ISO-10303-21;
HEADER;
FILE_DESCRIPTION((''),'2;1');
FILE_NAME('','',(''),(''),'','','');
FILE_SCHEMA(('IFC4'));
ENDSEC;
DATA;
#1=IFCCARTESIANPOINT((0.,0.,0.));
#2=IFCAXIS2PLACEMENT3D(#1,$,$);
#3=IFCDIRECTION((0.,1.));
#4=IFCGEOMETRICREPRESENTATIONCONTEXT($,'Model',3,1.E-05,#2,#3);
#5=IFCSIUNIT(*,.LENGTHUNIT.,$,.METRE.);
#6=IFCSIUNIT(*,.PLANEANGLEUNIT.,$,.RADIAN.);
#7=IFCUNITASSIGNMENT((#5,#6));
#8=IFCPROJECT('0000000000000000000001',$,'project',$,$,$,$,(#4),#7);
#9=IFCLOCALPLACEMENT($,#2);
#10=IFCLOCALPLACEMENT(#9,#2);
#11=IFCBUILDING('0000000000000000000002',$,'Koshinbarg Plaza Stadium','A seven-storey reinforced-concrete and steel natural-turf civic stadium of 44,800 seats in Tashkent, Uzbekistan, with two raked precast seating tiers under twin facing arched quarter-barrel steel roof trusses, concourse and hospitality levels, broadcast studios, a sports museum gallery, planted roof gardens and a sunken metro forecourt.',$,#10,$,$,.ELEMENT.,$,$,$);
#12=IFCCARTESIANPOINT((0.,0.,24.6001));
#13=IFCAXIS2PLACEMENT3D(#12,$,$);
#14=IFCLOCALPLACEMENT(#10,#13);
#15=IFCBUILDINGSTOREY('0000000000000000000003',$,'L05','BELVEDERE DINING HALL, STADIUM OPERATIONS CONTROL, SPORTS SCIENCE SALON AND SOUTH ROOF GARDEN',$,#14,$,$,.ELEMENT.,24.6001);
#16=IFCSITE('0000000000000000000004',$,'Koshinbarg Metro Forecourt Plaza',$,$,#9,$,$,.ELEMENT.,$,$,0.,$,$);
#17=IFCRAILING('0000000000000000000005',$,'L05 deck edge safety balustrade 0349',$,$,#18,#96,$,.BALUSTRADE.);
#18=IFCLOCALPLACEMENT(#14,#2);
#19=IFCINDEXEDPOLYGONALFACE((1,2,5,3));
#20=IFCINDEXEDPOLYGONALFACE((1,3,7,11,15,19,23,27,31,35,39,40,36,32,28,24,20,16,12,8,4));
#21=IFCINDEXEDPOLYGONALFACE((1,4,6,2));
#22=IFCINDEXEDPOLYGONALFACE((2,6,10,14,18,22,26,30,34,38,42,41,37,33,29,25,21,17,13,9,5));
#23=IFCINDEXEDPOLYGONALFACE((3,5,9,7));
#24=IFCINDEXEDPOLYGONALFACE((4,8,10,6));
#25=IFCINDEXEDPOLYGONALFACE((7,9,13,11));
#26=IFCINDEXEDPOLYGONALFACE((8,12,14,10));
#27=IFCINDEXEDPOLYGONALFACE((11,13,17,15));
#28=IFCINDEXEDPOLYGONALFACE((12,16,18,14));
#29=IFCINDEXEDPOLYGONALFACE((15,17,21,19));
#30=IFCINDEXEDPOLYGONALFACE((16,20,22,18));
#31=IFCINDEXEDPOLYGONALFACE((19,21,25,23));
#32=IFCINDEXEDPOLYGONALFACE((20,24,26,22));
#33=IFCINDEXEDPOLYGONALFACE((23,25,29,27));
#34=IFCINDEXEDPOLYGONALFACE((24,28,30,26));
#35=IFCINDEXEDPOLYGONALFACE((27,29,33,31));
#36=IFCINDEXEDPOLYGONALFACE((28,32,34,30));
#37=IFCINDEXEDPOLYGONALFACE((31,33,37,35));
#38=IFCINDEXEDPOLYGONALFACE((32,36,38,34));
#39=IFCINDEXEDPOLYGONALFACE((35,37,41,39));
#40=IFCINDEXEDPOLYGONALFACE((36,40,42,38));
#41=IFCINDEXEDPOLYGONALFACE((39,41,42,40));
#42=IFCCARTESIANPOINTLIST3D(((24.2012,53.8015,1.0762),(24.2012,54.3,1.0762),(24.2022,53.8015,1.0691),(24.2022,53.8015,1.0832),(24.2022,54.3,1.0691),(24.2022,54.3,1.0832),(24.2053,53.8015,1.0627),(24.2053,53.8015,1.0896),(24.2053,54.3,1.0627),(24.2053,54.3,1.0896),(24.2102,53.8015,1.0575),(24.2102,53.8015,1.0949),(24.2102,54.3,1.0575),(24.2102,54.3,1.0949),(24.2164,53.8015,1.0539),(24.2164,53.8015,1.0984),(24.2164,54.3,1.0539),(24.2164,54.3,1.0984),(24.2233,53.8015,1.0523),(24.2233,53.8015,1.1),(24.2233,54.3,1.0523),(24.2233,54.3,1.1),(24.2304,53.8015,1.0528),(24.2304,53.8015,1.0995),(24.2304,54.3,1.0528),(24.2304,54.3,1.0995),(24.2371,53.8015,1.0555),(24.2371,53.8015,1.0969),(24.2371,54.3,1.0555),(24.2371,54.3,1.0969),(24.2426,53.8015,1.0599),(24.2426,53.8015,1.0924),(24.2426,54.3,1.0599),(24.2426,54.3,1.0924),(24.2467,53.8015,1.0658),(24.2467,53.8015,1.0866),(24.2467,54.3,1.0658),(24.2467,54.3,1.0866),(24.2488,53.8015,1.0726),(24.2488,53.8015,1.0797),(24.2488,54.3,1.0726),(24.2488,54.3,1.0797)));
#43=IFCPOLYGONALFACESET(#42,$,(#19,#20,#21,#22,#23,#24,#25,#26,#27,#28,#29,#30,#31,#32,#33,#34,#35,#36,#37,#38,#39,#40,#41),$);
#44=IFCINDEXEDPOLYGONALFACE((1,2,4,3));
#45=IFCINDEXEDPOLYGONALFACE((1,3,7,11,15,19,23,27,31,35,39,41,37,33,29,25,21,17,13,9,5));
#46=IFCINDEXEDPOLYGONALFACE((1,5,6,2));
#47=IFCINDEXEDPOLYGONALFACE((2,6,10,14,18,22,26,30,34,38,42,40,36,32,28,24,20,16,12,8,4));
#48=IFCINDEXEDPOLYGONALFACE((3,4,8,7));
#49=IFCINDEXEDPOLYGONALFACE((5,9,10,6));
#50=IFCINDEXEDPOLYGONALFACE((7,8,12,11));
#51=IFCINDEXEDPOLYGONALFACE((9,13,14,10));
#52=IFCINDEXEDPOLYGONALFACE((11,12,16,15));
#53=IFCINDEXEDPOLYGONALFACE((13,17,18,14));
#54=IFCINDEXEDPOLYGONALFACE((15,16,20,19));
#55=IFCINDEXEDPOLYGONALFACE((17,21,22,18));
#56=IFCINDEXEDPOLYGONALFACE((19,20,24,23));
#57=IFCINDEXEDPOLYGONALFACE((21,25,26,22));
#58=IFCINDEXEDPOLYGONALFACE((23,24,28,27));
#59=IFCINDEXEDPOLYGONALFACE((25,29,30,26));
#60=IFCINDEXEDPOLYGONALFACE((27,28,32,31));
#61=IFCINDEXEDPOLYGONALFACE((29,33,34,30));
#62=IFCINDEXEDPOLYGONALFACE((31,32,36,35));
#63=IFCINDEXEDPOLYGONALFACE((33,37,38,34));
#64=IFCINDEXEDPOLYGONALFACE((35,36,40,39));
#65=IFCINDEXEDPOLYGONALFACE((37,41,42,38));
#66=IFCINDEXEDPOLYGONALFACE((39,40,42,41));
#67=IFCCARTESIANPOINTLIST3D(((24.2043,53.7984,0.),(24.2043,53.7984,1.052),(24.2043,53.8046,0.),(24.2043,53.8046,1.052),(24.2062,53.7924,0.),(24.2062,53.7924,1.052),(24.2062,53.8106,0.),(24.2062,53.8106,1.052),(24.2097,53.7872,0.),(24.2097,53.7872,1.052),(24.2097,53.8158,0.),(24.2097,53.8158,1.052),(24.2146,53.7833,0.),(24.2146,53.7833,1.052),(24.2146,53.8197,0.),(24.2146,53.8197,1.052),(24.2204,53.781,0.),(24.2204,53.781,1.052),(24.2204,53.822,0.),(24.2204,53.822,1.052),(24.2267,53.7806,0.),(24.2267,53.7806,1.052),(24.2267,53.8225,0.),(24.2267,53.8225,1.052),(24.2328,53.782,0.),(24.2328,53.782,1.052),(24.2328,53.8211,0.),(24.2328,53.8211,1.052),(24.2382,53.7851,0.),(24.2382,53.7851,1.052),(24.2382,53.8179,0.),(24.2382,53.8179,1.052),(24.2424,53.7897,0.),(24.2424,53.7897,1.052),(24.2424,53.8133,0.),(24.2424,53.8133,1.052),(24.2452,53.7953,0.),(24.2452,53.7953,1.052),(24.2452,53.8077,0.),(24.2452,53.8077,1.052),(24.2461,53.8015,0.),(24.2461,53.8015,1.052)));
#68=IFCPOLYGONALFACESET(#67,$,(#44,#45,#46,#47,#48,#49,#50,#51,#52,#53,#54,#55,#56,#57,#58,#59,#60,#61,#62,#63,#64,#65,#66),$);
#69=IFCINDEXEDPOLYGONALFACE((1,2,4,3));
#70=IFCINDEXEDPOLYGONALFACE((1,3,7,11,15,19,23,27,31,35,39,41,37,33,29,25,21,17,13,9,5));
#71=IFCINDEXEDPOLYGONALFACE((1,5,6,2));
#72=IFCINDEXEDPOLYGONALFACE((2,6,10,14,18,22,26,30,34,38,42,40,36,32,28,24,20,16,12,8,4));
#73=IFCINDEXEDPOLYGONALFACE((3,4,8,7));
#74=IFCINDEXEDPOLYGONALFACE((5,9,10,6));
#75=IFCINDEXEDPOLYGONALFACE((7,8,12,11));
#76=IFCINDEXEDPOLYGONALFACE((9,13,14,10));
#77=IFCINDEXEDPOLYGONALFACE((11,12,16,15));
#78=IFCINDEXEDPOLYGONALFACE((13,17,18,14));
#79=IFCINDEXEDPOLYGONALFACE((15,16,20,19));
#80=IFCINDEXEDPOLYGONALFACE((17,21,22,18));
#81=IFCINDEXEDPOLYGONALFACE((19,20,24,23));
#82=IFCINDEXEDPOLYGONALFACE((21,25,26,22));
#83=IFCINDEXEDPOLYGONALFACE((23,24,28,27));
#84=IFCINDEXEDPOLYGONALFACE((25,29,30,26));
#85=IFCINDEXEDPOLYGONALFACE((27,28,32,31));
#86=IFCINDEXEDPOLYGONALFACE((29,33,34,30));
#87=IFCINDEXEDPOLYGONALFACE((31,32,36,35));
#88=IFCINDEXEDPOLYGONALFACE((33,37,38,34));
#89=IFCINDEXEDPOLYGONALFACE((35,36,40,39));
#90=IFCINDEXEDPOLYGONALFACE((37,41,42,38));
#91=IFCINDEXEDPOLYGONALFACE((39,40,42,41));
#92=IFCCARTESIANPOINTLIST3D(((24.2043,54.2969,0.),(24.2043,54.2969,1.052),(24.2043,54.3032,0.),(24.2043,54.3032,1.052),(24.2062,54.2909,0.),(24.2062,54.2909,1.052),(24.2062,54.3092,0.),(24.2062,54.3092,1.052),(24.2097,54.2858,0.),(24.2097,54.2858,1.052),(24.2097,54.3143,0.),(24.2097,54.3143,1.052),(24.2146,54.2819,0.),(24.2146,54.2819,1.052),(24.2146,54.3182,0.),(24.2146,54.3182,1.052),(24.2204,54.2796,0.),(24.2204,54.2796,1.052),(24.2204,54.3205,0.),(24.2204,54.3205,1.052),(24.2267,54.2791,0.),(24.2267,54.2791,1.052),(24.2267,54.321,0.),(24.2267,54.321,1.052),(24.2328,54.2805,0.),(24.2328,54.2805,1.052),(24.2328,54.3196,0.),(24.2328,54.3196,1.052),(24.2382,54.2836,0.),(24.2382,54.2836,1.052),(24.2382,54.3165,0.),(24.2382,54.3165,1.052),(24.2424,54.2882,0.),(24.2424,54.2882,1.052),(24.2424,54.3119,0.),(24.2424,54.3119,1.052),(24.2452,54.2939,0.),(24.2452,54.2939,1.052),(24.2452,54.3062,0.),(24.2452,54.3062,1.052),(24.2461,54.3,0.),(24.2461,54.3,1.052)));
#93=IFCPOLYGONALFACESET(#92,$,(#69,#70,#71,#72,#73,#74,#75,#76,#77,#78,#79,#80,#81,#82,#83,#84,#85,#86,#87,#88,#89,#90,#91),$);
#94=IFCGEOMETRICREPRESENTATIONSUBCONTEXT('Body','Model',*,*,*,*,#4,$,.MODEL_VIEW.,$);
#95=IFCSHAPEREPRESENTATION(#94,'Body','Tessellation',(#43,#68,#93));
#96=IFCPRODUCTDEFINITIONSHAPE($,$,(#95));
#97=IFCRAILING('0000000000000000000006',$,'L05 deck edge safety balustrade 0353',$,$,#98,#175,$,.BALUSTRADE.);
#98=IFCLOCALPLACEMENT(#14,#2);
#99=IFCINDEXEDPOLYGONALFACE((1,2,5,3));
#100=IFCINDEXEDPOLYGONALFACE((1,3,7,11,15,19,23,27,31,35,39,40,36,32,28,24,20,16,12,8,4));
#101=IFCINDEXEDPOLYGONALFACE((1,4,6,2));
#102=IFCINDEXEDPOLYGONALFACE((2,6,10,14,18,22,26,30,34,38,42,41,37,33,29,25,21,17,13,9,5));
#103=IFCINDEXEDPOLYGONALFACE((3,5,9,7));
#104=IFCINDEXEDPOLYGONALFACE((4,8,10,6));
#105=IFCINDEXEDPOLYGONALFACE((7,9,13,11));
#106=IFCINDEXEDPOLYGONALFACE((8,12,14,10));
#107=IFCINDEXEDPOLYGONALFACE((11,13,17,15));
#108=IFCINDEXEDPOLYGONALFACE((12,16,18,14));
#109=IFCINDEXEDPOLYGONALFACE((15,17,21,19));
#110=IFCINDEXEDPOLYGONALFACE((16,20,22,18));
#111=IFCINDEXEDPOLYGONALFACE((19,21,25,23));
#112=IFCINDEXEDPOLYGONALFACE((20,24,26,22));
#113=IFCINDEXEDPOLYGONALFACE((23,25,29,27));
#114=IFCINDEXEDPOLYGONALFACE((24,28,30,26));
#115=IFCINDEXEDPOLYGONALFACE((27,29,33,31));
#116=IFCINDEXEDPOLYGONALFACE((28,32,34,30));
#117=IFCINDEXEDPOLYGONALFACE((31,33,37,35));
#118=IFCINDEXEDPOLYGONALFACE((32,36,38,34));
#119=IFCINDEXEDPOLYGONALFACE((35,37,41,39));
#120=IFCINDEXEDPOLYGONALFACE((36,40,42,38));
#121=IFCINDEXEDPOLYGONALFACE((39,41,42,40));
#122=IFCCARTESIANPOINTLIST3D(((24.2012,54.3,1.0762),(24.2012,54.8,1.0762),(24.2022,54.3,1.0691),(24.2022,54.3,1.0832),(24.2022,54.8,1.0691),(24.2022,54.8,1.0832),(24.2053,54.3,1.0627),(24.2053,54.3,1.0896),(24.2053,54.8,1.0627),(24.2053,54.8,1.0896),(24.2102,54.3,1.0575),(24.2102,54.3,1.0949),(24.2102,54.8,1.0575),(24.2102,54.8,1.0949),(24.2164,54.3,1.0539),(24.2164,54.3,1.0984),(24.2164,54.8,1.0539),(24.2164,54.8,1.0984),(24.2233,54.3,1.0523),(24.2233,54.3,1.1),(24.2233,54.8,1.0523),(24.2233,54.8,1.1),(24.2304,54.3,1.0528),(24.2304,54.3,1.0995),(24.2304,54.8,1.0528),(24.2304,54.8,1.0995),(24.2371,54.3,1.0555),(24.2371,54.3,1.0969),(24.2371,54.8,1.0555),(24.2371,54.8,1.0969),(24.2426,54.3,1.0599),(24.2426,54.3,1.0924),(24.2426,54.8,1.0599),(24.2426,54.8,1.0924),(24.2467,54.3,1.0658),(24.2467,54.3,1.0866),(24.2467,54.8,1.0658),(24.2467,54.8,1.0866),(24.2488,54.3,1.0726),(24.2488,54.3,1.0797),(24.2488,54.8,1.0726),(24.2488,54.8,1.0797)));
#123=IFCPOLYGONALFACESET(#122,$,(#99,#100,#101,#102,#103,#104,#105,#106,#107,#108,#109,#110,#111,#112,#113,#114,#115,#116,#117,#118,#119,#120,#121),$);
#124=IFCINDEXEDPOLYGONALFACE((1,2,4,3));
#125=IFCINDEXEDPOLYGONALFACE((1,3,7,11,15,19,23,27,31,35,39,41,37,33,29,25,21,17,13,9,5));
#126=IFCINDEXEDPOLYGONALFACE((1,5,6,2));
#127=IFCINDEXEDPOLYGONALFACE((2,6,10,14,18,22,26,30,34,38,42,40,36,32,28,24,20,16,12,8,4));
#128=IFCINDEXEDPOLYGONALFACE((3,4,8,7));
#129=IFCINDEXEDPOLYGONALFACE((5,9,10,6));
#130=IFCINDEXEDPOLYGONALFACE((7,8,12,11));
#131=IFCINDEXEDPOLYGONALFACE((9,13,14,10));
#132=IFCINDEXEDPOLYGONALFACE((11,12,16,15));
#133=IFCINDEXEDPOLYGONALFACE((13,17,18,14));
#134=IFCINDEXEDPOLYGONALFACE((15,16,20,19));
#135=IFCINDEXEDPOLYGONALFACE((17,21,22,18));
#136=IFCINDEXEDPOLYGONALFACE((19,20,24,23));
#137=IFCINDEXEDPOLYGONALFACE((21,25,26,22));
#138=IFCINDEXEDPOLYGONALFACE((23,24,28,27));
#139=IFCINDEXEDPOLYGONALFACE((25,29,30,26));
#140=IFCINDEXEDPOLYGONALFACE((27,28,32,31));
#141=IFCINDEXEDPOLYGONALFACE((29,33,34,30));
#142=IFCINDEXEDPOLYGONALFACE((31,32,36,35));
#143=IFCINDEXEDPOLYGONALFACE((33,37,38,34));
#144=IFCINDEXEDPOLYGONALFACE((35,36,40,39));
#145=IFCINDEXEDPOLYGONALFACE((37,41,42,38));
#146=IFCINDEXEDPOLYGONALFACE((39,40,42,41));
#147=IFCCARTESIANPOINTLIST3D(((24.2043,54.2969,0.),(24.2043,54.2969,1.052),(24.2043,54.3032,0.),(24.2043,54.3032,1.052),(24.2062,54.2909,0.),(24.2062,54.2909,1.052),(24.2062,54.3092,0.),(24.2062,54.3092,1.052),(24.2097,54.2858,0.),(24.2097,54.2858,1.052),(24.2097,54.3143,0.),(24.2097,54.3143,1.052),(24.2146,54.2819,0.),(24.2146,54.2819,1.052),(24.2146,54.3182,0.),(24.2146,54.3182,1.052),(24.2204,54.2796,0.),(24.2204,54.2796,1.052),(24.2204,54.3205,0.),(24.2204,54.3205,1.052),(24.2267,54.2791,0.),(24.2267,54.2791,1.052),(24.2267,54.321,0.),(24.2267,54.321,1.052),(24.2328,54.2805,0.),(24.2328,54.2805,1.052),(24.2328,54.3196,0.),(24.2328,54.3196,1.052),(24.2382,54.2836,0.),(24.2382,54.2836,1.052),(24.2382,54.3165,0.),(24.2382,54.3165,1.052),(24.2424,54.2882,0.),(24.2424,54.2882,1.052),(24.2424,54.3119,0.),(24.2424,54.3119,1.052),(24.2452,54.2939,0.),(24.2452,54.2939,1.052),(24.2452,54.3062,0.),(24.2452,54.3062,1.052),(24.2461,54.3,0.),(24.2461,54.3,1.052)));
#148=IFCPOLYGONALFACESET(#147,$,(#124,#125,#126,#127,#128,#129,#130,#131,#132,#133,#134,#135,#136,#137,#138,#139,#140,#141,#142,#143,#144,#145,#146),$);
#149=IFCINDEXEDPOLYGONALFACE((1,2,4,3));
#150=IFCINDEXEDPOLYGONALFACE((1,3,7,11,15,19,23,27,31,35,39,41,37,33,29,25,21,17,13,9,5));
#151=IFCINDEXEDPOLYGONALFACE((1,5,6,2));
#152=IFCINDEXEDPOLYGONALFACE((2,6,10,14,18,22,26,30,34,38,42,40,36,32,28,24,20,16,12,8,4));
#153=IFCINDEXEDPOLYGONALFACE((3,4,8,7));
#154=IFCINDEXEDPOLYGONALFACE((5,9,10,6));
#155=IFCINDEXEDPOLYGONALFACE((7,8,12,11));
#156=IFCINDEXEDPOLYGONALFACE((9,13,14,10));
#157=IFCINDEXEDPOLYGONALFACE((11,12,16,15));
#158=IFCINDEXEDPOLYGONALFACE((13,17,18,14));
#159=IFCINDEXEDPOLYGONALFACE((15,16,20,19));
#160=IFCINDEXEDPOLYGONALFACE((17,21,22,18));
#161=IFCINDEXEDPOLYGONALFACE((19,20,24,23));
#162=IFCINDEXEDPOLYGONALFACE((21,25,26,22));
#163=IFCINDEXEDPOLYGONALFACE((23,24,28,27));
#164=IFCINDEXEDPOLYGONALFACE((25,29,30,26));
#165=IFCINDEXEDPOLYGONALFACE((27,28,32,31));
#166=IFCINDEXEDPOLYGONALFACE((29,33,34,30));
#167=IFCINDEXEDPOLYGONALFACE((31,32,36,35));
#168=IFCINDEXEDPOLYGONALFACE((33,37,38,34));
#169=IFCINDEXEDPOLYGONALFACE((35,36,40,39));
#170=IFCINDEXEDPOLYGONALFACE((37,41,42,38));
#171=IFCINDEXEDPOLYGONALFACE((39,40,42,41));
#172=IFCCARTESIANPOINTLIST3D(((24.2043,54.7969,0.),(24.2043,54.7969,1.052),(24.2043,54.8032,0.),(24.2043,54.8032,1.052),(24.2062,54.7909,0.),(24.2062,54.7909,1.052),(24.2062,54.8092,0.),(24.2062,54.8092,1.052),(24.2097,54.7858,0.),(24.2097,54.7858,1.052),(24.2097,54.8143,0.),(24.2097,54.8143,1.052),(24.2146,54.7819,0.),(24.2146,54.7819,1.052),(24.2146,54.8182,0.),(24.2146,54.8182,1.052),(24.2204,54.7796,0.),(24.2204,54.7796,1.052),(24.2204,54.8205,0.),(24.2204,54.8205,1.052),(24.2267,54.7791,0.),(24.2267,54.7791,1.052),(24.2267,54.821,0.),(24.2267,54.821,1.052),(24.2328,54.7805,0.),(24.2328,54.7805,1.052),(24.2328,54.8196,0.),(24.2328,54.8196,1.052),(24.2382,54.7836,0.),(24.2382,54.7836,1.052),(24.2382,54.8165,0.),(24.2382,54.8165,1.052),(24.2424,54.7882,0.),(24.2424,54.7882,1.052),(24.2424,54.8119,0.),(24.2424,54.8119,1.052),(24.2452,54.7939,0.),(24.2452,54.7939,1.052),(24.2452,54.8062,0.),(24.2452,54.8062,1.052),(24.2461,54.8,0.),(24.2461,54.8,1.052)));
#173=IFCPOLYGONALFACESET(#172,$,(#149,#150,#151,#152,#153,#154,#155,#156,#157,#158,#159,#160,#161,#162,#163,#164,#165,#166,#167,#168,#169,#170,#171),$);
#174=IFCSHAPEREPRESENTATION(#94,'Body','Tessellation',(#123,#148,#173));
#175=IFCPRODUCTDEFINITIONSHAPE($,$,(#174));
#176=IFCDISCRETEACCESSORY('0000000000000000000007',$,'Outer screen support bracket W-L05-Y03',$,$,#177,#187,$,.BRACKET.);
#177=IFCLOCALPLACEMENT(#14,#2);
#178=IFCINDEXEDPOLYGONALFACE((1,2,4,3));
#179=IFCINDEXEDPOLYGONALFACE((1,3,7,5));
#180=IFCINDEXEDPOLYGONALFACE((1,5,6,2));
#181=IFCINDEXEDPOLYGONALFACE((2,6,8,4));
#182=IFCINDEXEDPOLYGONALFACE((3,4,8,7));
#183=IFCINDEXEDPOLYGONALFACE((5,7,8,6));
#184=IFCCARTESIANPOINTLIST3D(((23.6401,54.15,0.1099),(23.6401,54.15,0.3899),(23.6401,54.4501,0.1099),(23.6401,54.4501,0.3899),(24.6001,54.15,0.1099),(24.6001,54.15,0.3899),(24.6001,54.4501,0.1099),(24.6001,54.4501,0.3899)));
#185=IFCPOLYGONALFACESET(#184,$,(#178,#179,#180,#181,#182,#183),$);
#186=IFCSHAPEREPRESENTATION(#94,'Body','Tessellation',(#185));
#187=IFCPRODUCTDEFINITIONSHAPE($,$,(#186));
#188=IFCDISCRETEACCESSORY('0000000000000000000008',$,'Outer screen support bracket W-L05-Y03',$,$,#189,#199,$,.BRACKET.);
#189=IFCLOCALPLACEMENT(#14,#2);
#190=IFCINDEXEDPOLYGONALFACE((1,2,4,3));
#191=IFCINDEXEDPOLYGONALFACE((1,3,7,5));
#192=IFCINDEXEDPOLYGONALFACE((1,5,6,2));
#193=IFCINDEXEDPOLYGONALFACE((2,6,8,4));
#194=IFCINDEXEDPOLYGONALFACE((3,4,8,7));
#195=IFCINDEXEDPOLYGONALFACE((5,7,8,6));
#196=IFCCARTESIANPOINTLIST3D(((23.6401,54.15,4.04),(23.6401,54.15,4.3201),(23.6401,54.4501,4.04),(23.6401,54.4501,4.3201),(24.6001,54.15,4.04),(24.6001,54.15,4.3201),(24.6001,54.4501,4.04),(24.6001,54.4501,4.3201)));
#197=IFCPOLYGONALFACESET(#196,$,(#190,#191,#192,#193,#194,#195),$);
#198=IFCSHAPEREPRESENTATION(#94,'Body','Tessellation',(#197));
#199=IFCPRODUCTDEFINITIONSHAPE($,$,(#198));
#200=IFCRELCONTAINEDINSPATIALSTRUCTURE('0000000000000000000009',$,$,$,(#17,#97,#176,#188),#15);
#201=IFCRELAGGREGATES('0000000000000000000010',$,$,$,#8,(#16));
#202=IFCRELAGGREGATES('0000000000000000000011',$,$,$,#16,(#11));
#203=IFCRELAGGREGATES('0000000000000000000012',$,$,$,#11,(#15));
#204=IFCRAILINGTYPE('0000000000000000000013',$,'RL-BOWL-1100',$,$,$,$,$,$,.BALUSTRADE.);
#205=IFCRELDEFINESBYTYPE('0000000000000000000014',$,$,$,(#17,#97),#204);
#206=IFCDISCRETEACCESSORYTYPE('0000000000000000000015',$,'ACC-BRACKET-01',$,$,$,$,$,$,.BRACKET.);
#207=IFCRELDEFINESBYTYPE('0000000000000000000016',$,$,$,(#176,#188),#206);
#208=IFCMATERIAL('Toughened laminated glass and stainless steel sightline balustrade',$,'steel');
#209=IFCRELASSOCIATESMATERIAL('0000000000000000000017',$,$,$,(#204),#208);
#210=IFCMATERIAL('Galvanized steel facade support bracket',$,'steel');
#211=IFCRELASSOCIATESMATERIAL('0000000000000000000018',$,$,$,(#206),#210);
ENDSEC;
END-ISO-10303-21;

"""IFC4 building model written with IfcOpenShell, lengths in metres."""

from ifc_helpers import new_model, si_unit, direction, frame, origin, origin_2d, place, context, subcontext, project, spatial, rectangle, circle, extrude, material, type_object, element, save


model = new_model("IFC4")

# Units and contexts
model_context = context("Model", 3, precision=1e-05, world=origin(), true_north=direction((0.0, 1.0)))
body_context = subcontext(model_context, "Body", "Model", "MODEL_VIEW")
ifc_project = project(units=[si_unit("LENGTHUNIT", "METRE"), si_unit("PLANEANGLEUNIT", "RADIAN")], contexts=[model_context])

# Site, building, storey
site_placement = place(None, origin())
site = spatial("IfcSite", under=ifc_project, at=site_placement, Name="Koshinbarg Metro Forecourt Plaza", CompositionType="ELEMENT", RefElevation=0.0)
building_placement = place(site_placement, origin())
building = spatial("IfcBuilding", under=site, at=building_placement, Name="Koshinbarg Plaza Stadium", Description="A seven-storey reinforced-concrete and steel natural-turf civic stadium of 44,800 seats in Tashkent, Uzbekistan, with two raked precast seating tiers under twin facing arched quarter-barrel steel roof trusses, concourse and hospitality levels, broadcast studios, a sports museum gallery, planted roof gardens and a sunken metro forecourt.", CompositionType="ELEMENT")
storey_placement = place(building_placement, frame((0.0, 0.0, 24.6001)))
storey = spatial("IfcBuildingStorey", under=building, at=storey_placement, Name="L05", Description="BELVEDERE DINING HALL, STADIUM OPERATIONS CONTROL, SPORTS SCIENCE SALON AND SOUTH ROOF GARDEN", CompositionType="ELEMENT", Elevation=24.6001)

# Railings
ifc_material_1 = material(Name="Toughened laminated glass and stainless steel sightline balustrade", Category="steel")
railing_type = type_object("IfcRailingType", Name="RL-BOWL-1100", PredefinedType="BALUSTRADE", material=ifc_material_1)
railing_1_placement = place(storey_placement, frame((24.2251, 53.8015, 0.0)))
element("IfcRailing", 1, at=railing_1_placement, inside=storey, type_object=railing_type, Name="L05 deck edge safety balustrade 0349", PredefinedType="BALUSTRADE", context=body_context, shape_type="SweptSolid", body=[
    extrude(circle(Radius=0.0239, at=origin_2d()), frame((0.0, 0.0, 1.0762), z_axis=(0.0, 1.0, 0.0), x_axis=(-1.0, 0.0, 0.0)), (0.0, 0.0, 1.0), 0.4985),
    extrude(circle(Radius=0.021, at=origin_2d()), origin(), (0.0, 0.0, 1.0), 1.052),
    extrude(circle(Radius=0.021, at=origin_2d()), frame((0.0, 0.4985, 0.0)), (0.0, 0.0, 1.0), 1.052),
])
railing_2_placement = place(storey_placement, frame((24.2251, 54.3, 0.0)))
element("IfcRailing", 2, at=railing_2_placement, inside=storey, type_object=railing_type, Name="L05 deck edge safety balustrade 0353", PredefinedType="BALUSTRADE", context=body_context, shape_type="SweptSolid", body=[
    extrude(circle(Radius=0.0239, at=origin_2d()), frame((0.0, 0.0, 1.0762), z_axis=(0.0, 1.0, 0.0), x_axis=(-1.0, 0.0, 0.0)), (0.0, 0.0, 1.0), 0.5),
    extrude(circle(Radius=0.021, at=origin_2d()), origin(), (0.0, 0.0, 1.0), 1.052),
    extrude(circle(Radius=0.021, at=origin_2d()), frame((0.0, 0.5, 0.0)), (0.0, 0.0, 1.0), 1.052),
])

# Discrete accessories
ifc_material_2 = material(Name="Galvanized steel facade support bracket", Category="steel")
discrete_accessory_type = type_object("IfcDiscreteAccessoryType", Name="ACC-BRACKET-01", PredefinedType="BRACKET", material=ifc_material_2)
for number, where, z_axis, x_axis, name in (
    (3, (24.1201, 54.3, 0.1099), (0.0, 0.0, 1.0), (1.0, 0.0, 0.0), "Outer screen support bracket W-L05-Y03"),
    (4, (24.1201, 54.3, 4.04), (0.0, 0.0, 1.0), (1.0, 0.0, 0.0), "Outer screen support bracket W-L05-Y03"),
):
    element("IfcDiscreteAccessory", number, at=place(storey_placement, frame(where, z_axis=z_axis, x_axis=x_axis)), inside=storey, type_object=discrete_accessory_type, Name=name, PredefinedType="BRACKET", context=body_context, shape_type="SweptSolid", body=[
        extrude(rectangle(XDim=0.96, YDim=0.3, at=origin_2d()), origin(), (0.0, 0.0, 1.0), 0.28),
    ])

save(model, "model.ifc")
